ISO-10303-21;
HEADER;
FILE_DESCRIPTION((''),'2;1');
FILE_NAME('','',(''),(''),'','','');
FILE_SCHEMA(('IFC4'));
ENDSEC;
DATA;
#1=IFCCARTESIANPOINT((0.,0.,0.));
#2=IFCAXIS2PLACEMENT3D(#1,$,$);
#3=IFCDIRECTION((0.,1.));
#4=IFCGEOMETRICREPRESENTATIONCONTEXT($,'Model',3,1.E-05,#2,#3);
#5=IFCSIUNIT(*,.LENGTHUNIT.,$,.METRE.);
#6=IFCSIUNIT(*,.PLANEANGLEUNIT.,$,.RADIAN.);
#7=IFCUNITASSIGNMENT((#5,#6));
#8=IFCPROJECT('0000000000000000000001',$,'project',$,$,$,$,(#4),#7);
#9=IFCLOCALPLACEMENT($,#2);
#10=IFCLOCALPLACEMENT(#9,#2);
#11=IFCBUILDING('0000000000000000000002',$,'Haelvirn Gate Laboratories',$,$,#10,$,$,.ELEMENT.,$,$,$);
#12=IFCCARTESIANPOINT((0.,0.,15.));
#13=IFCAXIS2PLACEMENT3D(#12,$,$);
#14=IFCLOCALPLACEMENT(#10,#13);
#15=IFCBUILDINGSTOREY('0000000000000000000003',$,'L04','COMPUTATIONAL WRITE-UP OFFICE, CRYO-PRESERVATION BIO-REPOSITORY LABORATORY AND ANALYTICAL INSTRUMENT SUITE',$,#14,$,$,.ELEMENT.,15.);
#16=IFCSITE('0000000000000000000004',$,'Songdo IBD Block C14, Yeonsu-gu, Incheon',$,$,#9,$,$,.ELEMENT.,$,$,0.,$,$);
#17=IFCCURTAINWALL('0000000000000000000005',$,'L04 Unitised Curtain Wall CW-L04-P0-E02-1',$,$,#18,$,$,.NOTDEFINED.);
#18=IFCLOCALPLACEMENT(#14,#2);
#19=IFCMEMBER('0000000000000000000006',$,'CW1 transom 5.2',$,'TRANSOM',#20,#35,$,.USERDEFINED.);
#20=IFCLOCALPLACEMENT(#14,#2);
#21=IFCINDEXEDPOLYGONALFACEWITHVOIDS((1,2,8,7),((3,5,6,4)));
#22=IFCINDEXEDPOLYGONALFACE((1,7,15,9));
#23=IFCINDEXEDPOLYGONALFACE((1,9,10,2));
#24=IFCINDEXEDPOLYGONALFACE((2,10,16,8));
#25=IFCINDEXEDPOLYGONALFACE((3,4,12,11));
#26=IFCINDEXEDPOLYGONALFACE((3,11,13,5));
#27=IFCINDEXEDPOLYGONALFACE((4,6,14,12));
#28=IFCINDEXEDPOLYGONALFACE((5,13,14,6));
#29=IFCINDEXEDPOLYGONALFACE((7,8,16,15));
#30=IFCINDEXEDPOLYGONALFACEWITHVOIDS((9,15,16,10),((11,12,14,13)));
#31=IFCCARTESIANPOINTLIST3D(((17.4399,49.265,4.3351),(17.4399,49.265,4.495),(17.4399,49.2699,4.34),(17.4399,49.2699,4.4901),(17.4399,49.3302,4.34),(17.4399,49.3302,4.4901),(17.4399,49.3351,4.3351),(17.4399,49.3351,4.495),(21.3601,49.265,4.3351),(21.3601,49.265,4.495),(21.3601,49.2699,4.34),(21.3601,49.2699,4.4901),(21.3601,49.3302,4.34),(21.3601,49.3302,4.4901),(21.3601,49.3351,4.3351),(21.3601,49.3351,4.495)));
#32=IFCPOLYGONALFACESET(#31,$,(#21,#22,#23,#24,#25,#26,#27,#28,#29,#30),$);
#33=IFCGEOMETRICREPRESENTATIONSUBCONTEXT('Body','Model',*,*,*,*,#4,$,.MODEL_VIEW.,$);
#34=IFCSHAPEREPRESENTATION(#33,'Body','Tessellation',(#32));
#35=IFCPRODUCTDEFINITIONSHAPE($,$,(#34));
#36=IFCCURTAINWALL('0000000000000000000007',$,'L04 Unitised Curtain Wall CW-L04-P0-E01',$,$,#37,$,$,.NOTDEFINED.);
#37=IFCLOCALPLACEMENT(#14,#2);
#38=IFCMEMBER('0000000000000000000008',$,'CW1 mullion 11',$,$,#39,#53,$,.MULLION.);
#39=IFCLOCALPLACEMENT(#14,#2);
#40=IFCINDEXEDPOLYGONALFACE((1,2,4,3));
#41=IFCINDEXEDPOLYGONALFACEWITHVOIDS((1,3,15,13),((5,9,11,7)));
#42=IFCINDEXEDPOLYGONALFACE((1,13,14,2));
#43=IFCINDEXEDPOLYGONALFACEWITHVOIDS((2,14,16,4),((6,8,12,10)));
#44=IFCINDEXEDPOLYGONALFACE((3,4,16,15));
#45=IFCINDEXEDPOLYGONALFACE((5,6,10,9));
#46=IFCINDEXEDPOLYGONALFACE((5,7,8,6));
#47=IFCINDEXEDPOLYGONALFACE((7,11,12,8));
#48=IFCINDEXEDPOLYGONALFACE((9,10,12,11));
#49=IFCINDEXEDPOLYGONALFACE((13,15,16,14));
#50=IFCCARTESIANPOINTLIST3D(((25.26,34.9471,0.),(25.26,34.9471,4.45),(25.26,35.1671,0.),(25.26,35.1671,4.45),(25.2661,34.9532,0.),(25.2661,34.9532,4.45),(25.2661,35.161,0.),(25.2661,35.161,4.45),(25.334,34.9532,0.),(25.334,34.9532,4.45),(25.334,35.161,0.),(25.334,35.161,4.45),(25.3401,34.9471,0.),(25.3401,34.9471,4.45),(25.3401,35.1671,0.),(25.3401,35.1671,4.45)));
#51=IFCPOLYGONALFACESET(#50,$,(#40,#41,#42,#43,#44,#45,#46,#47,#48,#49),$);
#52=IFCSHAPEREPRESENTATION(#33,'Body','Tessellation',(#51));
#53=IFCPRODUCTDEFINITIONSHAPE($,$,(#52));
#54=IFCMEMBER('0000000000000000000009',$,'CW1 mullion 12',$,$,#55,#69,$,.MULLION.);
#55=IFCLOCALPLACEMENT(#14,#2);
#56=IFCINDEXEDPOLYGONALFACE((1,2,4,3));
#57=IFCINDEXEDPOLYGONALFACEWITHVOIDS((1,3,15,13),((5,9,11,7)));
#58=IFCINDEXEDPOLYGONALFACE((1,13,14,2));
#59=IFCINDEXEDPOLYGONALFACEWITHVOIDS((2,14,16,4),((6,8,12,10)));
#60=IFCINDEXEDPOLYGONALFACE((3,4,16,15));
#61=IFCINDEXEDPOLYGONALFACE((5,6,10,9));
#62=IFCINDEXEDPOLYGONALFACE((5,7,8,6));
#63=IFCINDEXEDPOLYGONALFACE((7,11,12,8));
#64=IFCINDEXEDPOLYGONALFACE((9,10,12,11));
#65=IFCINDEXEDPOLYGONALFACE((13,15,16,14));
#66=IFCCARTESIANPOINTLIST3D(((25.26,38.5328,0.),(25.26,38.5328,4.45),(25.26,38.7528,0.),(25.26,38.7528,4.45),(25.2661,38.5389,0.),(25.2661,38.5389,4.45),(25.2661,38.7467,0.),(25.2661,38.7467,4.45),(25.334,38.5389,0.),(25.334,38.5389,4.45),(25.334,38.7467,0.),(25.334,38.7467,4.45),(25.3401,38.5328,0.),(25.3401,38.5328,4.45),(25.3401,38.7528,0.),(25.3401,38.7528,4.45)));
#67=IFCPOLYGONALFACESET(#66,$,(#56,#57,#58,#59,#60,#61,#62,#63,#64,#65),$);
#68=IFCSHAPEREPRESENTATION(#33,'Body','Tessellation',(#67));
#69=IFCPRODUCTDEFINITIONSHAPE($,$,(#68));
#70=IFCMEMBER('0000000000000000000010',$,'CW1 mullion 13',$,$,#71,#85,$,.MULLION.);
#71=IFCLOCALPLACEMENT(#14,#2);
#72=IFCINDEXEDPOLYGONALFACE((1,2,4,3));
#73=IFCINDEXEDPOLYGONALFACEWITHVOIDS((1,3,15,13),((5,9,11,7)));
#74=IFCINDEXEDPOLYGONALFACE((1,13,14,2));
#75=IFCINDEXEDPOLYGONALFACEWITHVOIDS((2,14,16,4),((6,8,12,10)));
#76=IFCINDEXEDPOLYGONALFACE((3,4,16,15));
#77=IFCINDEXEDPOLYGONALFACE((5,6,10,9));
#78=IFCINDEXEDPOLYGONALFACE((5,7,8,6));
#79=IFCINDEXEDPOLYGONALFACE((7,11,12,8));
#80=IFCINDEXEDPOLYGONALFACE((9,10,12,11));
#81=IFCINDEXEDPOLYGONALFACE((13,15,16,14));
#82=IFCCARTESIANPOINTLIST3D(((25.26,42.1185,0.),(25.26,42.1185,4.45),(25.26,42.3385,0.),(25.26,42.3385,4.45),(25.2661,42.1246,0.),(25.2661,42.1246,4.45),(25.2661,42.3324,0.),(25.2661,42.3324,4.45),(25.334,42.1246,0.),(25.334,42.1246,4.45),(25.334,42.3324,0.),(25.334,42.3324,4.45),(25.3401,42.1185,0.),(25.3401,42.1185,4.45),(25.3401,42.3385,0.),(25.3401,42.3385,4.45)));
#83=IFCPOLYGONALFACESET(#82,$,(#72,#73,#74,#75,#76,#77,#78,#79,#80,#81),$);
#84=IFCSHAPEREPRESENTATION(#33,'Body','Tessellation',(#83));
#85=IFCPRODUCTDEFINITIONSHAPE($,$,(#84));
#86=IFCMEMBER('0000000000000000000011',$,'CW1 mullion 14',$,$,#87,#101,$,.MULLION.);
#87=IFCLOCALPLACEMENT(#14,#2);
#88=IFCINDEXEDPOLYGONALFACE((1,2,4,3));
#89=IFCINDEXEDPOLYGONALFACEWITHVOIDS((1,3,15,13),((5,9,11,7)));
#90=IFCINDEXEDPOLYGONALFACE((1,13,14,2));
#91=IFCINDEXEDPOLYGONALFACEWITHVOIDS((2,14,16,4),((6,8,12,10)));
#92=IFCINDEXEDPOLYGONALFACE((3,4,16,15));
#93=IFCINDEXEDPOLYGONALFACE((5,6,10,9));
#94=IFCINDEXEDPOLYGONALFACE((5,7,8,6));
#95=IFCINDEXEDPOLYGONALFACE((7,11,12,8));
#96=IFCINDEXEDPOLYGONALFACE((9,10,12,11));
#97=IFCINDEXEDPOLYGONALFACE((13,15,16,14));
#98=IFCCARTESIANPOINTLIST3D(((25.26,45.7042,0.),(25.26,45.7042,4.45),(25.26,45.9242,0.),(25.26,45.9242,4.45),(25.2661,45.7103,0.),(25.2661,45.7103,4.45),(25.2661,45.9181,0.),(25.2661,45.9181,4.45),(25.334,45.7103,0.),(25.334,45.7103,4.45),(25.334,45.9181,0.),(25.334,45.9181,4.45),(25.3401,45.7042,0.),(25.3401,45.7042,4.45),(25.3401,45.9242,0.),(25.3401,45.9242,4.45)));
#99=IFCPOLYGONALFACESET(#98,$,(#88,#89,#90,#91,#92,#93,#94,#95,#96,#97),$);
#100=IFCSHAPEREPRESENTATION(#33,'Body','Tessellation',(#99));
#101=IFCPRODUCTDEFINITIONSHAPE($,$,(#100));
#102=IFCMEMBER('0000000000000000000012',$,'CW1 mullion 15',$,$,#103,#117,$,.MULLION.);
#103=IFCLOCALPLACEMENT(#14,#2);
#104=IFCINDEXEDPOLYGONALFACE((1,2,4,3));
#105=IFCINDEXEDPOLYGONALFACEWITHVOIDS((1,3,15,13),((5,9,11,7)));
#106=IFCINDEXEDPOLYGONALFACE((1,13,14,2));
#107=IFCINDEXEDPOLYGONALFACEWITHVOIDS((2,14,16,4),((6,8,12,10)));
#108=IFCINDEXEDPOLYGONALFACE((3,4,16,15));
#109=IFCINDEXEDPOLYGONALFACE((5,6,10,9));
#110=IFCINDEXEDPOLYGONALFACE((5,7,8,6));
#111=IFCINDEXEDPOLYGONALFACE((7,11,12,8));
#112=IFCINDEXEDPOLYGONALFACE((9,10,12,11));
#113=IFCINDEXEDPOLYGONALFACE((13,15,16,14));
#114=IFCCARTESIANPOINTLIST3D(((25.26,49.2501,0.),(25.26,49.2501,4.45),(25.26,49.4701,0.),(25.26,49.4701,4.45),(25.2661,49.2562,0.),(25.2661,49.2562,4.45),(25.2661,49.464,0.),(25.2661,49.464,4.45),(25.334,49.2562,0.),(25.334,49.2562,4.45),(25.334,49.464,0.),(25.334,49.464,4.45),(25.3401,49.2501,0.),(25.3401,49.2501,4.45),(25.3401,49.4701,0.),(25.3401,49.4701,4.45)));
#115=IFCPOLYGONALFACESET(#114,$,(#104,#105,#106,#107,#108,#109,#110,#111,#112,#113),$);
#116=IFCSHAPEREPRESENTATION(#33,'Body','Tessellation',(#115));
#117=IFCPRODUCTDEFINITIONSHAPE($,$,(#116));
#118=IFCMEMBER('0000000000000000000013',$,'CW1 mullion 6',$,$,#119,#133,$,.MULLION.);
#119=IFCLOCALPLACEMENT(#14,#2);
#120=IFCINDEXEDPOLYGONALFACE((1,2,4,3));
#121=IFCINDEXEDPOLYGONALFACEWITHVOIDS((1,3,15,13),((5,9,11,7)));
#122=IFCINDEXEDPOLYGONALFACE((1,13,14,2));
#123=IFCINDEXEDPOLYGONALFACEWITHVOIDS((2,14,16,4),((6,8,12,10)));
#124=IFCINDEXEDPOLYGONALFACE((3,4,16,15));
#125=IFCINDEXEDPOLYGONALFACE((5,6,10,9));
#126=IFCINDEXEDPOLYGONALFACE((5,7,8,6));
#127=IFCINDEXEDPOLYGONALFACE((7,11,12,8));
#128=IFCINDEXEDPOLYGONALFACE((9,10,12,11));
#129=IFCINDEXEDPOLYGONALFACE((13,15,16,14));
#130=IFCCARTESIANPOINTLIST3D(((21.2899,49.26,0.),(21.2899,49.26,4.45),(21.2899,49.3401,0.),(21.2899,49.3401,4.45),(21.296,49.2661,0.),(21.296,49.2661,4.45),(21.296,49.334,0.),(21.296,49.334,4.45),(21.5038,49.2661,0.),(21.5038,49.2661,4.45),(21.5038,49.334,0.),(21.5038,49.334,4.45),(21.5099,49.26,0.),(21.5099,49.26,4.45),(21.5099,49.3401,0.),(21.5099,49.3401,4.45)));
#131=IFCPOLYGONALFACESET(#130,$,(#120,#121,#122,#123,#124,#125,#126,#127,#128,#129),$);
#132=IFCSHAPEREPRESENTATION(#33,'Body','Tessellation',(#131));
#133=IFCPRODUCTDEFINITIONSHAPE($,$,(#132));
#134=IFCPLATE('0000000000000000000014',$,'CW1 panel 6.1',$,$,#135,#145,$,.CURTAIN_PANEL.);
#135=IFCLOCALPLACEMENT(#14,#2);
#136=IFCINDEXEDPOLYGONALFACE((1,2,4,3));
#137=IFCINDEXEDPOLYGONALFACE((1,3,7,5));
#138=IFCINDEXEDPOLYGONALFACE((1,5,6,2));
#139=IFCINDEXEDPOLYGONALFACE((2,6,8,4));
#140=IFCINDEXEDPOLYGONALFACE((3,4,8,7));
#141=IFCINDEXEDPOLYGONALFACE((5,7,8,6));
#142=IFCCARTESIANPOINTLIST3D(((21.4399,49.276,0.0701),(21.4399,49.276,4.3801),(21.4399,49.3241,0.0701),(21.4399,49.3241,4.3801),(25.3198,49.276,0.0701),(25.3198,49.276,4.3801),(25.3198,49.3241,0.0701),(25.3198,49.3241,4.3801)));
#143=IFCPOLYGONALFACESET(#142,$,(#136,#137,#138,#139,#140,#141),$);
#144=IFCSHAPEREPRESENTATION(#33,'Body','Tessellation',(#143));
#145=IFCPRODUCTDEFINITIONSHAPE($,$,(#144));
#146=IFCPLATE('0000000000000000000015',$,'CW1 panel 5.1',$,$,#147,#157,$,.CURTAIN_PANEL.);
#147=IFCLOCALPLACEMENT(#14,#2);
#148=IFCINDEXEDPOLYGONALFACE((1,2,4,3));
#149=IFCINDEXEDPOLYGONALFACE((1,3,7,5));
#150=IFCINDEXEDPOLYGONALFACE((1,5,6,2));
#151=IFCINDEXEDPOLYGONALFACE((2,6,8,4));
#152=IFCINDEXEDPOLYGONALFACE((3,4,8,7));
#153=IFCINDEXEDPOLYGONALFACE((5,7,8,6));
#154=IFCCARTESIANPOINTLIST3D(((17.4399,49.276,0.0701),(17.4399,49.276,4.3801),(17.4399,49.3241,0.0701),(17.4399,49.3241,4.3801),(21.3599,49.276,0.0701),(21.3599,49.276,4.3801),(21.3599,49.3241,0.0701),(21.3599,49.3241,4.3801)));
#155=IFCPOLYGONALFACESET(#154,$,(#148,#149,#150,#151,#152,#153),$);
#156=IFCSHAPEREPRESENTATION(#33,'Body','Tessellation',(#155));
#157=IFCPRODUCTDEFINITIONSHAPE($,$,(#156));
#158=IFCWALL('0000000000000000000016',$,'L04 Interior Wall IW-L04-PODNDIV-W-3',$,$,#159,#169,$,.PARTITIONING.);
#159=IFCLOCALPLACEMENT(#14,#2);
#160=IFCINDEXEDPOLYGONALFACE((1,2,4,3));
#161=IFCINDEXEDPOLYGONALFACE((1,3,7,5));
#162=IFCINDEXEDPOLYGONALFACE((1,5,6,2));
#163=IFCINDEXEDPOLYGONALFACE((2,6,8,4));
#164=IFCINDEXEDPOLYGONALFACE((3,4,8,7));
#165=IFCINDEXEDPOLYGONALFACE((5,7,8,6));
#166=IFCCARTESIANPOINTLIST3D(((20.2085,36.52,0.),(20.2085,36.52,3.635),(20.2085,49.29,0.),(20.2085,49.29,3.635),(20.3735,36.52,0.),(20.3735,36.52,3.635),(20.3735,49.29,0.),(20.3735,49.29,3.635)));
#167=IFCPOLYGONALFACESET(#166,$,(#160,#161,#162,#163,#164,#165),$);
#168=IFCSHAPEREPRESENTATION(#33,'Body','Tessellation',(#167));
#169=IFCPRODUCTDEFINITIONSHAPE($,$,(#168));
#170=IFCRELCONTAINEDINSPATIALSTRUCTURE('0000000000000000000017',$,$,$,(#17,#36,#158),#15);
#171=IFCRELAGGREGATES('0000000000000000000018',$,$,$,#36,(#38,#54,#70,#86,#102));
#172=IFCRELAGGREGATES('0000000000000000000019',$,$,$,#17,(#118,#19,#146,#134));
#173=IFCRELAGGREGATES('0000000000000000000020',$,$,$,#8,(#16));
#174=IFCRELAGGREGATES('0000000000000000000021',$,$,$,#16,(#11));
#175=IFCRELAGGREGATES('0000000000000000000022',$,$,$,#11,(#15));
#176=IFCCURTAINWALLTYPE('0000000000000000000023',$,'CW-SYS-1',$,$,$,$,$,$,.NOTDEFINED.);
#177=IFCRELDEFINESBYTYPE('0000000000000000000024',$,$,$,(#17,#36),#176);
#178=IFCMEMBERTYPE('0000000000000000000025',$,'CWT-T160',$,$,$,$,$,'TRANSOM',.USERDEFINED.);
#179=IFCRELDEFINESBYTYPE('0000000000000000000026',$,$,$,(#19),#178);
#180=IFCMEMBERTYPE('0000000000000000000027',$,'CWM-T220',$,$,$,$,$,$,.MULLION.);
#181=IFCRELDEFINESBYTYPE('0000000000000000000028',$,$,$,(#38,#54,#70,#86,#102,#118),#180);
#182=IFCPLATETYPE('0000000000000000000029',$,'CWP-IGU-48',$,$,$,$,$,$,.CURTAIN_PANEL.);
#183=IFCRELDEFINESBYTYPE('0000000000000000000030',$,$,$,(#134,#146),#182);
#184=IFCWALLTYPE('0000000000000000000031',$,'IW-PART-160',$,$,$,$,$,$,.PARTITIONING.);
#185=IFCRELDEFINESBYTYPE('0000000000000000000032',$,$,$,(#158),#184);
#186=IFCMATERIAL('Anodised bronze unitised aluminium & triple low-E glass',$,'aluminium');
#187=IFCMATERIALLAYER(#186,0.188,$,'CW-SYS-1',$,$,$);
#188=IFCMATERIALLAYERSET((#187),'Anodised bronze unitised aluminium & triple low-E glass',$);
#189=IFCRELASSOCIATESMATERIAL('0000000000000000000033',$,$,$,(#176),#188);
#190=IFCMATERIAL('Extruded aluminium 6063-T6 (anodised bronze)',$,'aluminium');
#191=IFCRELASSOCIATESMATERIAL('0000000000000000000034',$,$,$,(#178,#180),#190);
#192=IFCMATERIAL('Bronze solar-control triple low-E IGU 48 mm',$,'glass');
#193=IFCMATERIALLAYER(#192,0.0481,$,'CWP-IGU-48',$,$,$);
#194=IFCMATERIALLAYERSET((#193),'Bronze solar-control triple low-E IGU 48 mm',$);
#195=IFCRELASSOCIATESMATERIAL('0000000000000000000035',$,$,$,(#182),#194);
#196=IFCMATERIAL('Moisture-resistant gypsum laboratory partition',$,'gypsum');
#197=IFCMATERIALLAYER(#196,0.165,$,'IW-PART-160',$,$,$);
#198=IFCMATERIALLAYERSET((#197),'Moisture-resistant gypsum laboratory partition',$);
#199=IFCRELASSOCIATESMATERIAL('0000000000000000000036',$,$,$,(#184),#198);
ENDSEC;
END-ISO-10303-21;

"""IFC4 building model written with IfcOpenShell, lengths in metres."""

from ifc_helpers import new_model, si_unit, direction, frame, frame_2d, origin, origin_2d, place, context, subcontext, project, spatial, rectangle, hollow_rectangle, extrude, source, transform, mapped, material, layer, layer_set, material_profile, profile_set, type_object, type_shapes, element, aggregate, save


model = new_model("IFC4")

# Units and contexts
model_context = context("Model", 3, precision=1e-05, world=origin(), true_north=direction((0.0, 1.0)))
body_context = subcontext(model_context, "Body", "Model", "MODEL_VIEW")
ifc_project = project(units=[si_unit("LENGTHUNIT", "METRE"), si_unit("PLANEANGLEUNIT", "RADIAN")], contexts=[model_context])

# Site, building, storey
site_placement = place(None, origin())
site = spatial("IfcSite", under=ifc_project, at=site_placement, Name="Songdo IBD Block C14, Yeonsu-gu, Incheon", CompositionType="ELEMENT", RefElevation=0.0)
building_placement = place(site_placement, origin())
building = spatial("IfcBuilding", under=site, at=building_placement, Name="Haelvirn Gate Laboratories", CompositionType="ELEMENT")
storey_placement = place(building_placement, frame((0.0, 0.0, 15.0)))
storey = spatial("IfcBuildingStorey", under=building, at=storey_placement, Name="L04", Description="COMPUTATIONAL WRITE-UP OFFICE, CRYO-PRESERVATION BIO-REPOSITORY LABORATORY AND ANALYTICAL INSTRUMENT SUITE", CompositionType="ELEMENT", Elevation=15.0)

# Curtain walls, members
ifc_material_1 = material(Name="Anodised bronze unitised aluminium & triple low-E glass", Category="aluminium")
ifc_layer_1 = layer(ifc_material_1, 0.188, Name="CW-SYS-1")
ifc_layer_set_1 = layer_set([ifc_layer_1], Name="Anodised bronze unitised aluminium & triple low-E glass")
curtain_wall_type = type_object("IfcCurtainWallType", Name="CW-SYS-1", PredefinedType="NOTDEFINED", material=ifc_layer_set_1)
curtain_wall_1_placement = place(storey_placement, origin())
curtain_wall_1 = element("IfcCurtainWall", 1, at=curtain_wall_1_placement, inside=storey, type_object=curtain_wall_type, Name="L04 Unitised Curtain Wall CW-L04-P0-E02-1", PredefinedType="NOTDEFINED")
ifc_material_2 = material(Name="Extruded aluminium 6063-T6 (anodised bronze)", Category="aluminium")
ifc_material_profile_1 = material_profile(ifc_material_2, hollow_rectangle(XDim=0.0701, YDim=0.1599, WallThickness=0.0049, at=origin_2d()), Name="CWT-160x70x5")
ifc_profile_set_1 = profile_set([ifc_material_profile_1], Name="Extruded aluminium 6063-T6 (anodised bronze)")
member_type_1 = type_object("IfcMemberType", Name="CWT-T160", ElementType="TRANSOM", PredefinedType="USERDEFINED", material=ifc_profile_set_1)
shared_shape_1 = source(origin(), body_context, "Body", "SweptSolid", [
    extrude(hollow_rectangle(XDim=0.0701, YDim=0.1599, WallThickness=0.0049, at=origin_2d()), origin(), (0.0, 0.0, 1.0), 3.9202),
])
member_1_placement = place(storey_placement, frame((17.4399, 49.3, 4.415), z_axis=(1.0, 0.0, 0.0), x_axis=(0.0, 1.0, 0.0)))
member_1 = element("IfcMember", 2, at=member_1_placement, type_object=member_type_1, Name="CW1 transom 5.2", ObjectType="TRANSOM", PredefinedType="USERDEFINED", context=body_context, shape_type="MappedRepresentation", body=[
    mapped(shared_shape_1, transform((0.0, 0.0, 0.0), scale=1.0)),
])
curtain_wall_2_placement = place(storey_placement, origin())
curtain_wall_2 = element("IfcCurtainWall", 3, at=curtain_wall_2_placement, inside=storey, type_object=curtain_wall_type, Name="L04 Unitised Curtain Wall CW-L04-P0-E01", PredefinedType="NOTDEFINED")
ifc_material_profile_2 = material_profile(ifc_material_2, hollow_rectangle(XDim=0.0801, YDim=0.22, WallThickness=0.0061, at=origin_2d()), Name="CWM-220x80x6")
ifc_profile_set_2 = profile_set([ifc_material_profile_2], Name="Extruded aluminium 6063-T6 (anodised bronze)")
member_type_2 = type_object("IfcMemberType", Name="CWM-T220", PredefinedType="MULLION", material=ifc_profile_set_2)
shared_shape_2 = source(origin(), body_context, "Body", "SweptSolid", [
    extrude(hollow_rectangle(XDim=0.0801, YDim=0.22, WallThickness=0.0061, at=origin_2d()), origin(), (0.0, 0.0, 1.0), 4.45),
])
type_shapes(member_type_2, [shared_shape_2])
member_2_placement = place(storey_placement, frame((25.3, 35.0571, 0.0), z_axis=(0.0, 0.0, 1.0), x_axis=(-1.0, 0.0, 0.0)))
member_2 = element("IfcMember", 4, at=member_2_placement, type_object=member_type_2, Name="CW1 mullion 11", PredefinedType="MULLION", context=body_context, shape_type="MappedRepresentation", body=[
    mapped(shared_shape_2, transform((0.0, 0.0, 0.0), scale=1.0)),
])
member_3_placement = place(storey_placement, frame((25.3, 38.6428, 0.0), z_axis=(0.0, 0.0, 1.0), x_axis=(-1.0, 0.0, 0.0)))
member_3 = element("IfcMember", 5, at=member_3_placement, type_object=member_type_2, Name="CW1 mullion 12", PredefinedType="MULLION", context=body_context, shape_type="MappedRepresentation", body=[
    mapped(shared_shape_2, transform((0.0, 0.0, 0.0), scale=1.0)),
])
member_4_placement = place(storey_placement, frame((25.3, 42.2285, 0.0), z_axis=(0.0, 0.0, 1.0), x_axis=(-1.0, 0.0, 0.0)))
member_4 = element("IfcMember", 6, at=member_4_placement, type_object=member_type_2, Name="CW1 mullion 13", PredefinedType="MULLION", context=body_context, shape_type="MappedRepresentation", body=[
    mapped(shared_shape_2, transform((0.0, 0.0, 0.0), scale=1.0)),
])
member_5_placement = place(storey_placement, frame((25.3, 45.8142, 0.0), z_axis=(0.0, 0.0, 1.0), x_axis=(-1.0, 0.0, 0.0)))
member_5 = element("IfcMember", 7, at=member_5_placement, type_object=member_type_2, Name="CW1 mullion 14", PredefinedType="MULLION", context=body_context, shape_type="MappedRepresentation", body=[
    mapped(shared_shape_2, transform((0.0, 0.0, 0.0), scale=1.0)),
])
member_6_placement = place(storey_placement, frame((25.3, 49.3601, 0.0), z_axis=(0.0, 0.0, 1.0), x_axis=(-1.0, 0.0, 0.0)))
member_6 = element("IfcMember", 8, at=member_6_placement, type_object=member_type_2, Name="CW1 mullion 15", PredefinedType="MULLION", context=body_context, shape_type="MappedRepresentation", body=[
    mapped(shared_shape_2, transform((0.0, 0.0, 0.0), scale=1.0)),
])
aggregate(curtain_wall_2, [member_2, member_3, member_4, member_5, member_6])

# Member
member_7_placement = place(storey_placement, frame((21.3999, 49.3, 0.0), z_axis=(0.0, 0.0, 1.0), x_axis=(0.0, 1.0, 0.0)))
member_7 = element("IfcMember", 9, at=member_7_placement, type_object=member_type_2, Name="CW1 mullion 6", PredefinedType="MULLION", context=body_context, shape_type="MappedRepresentation", body=[
    mapped(shared_shape_2, transform((0.0, 0.0, 0.0), scale=1.0)),
])

# Plates
ifc_material_3 = material(Name="Bronze solar-control triple low-E IGU 48 mm", Category="glass")
ifc_layer_2 = layer(ifc_material_3, 0.0481, Name="CWP-IGU-48")
ifc_layer_set_2 = layer_set([ifc_layer_2], Name="Bronze solar-control triple low-E IGU 48 mm")
plate_type = type_object("IfcPlateType", Name="CWP-IGU-48", PredefinedType="CURTAIN_PANEL", material=ifc_layer_set_2)
shared_shape_3 = source(origin(), body_context, "Body", "SweptSolid", [
    extrude(rectangle(XDim=3.8799, YDim=0.0481, at=origin_2d()), origin(), (0.0, 0.0, 1.0), 4.3101),
])
plate_1_placement = place(storey_placement, frame((23.3799, 49.3, 0.0701), z_axis=(0.0, 0.0, 1.0), x_axis=(1.0, 0.0, 0.0)))
plate_1 = element("IfcPlate", 10, at=plate_1_placement, type_object=plate_type, Name="CW1 panel 6.1", PredefinedType="CURTAIN_PANEL", context=body_context, shape_type="MappedRepresentation", body=[
    mapped(shared_shape_3, transform((0.0, 0.0, 0.0), scale=1.0)),
])
shared_shape_4 = source(origin(), body_context, "Body", "SweptSolid", [
    extrude(rectangle(XDim=3.9199, YDim=0.0481, at=origin_2d()), origin(), (0.0, 0.0, 1.0), 4.3101),
])
type_shapes(plate_type, [shared_shape_3, shared_shape_4])
plate_2_placement = place(storey_placement, frame((19.3999, 49.3, 0.0701), z_axis=(0.0, 0.0, 1.0), x_axis=(1.0, 0.0, 0.0)))
plate_2 = element("IfcPlate", 11, at=plate_2_placement, type_object=plate_type, Name="CW1 panel 5.1", PredefinedType="CURTAIN_PANEL", context=body_context, shape_type="MappedRepresentation", body=[
    mapped(shared_shape_4, transform((0.0, 0.0, 0.0), scale=1.0)),
])
aggregate(curtain_wall_1, [member_7, member_1, plate_2, plate_1])

# Wall
ifc_material_4 = material(Name="Moisture-resistant gypsum laboratory partition", Category="gypsum")
ifc_layer_3 = layer(ifc_material_4, 0.165, Name="IW-PART-160")
ifc_layer_set_3 = layer_set([ifc_layer_3], Name="Moisture-resistant gypsum laboratory partition")
wall_type = type_object("IfcWallType", Name="IW-PART-160", PredefinedType="PARTITIONING", material=ifc_layer_set_3)
wall_1_placement = place(storey_placement, frame((20.291, 36.52, 0.0), z_axis=(0.0, 0.0, 1.0), x_axis=(0.0, 1.0, 0.0)))
element("IfcWall", 12, at=wall_1_placement, inside=storey, type_object=wall_type, Name="L04 Interior Wall IW-L04-PODNDIV-W-3", PredefinedType="PARTITIONING", context=body_context, shape_type="SweptSolid", body=[
    extrude(rectangle(XDim=12.77, YDim=0.165, at=frame_2d((6.385, 0.0))), origin(), (0.0, 0.0, 1.0), 3.635),
])

save(model, "model.ifc")
